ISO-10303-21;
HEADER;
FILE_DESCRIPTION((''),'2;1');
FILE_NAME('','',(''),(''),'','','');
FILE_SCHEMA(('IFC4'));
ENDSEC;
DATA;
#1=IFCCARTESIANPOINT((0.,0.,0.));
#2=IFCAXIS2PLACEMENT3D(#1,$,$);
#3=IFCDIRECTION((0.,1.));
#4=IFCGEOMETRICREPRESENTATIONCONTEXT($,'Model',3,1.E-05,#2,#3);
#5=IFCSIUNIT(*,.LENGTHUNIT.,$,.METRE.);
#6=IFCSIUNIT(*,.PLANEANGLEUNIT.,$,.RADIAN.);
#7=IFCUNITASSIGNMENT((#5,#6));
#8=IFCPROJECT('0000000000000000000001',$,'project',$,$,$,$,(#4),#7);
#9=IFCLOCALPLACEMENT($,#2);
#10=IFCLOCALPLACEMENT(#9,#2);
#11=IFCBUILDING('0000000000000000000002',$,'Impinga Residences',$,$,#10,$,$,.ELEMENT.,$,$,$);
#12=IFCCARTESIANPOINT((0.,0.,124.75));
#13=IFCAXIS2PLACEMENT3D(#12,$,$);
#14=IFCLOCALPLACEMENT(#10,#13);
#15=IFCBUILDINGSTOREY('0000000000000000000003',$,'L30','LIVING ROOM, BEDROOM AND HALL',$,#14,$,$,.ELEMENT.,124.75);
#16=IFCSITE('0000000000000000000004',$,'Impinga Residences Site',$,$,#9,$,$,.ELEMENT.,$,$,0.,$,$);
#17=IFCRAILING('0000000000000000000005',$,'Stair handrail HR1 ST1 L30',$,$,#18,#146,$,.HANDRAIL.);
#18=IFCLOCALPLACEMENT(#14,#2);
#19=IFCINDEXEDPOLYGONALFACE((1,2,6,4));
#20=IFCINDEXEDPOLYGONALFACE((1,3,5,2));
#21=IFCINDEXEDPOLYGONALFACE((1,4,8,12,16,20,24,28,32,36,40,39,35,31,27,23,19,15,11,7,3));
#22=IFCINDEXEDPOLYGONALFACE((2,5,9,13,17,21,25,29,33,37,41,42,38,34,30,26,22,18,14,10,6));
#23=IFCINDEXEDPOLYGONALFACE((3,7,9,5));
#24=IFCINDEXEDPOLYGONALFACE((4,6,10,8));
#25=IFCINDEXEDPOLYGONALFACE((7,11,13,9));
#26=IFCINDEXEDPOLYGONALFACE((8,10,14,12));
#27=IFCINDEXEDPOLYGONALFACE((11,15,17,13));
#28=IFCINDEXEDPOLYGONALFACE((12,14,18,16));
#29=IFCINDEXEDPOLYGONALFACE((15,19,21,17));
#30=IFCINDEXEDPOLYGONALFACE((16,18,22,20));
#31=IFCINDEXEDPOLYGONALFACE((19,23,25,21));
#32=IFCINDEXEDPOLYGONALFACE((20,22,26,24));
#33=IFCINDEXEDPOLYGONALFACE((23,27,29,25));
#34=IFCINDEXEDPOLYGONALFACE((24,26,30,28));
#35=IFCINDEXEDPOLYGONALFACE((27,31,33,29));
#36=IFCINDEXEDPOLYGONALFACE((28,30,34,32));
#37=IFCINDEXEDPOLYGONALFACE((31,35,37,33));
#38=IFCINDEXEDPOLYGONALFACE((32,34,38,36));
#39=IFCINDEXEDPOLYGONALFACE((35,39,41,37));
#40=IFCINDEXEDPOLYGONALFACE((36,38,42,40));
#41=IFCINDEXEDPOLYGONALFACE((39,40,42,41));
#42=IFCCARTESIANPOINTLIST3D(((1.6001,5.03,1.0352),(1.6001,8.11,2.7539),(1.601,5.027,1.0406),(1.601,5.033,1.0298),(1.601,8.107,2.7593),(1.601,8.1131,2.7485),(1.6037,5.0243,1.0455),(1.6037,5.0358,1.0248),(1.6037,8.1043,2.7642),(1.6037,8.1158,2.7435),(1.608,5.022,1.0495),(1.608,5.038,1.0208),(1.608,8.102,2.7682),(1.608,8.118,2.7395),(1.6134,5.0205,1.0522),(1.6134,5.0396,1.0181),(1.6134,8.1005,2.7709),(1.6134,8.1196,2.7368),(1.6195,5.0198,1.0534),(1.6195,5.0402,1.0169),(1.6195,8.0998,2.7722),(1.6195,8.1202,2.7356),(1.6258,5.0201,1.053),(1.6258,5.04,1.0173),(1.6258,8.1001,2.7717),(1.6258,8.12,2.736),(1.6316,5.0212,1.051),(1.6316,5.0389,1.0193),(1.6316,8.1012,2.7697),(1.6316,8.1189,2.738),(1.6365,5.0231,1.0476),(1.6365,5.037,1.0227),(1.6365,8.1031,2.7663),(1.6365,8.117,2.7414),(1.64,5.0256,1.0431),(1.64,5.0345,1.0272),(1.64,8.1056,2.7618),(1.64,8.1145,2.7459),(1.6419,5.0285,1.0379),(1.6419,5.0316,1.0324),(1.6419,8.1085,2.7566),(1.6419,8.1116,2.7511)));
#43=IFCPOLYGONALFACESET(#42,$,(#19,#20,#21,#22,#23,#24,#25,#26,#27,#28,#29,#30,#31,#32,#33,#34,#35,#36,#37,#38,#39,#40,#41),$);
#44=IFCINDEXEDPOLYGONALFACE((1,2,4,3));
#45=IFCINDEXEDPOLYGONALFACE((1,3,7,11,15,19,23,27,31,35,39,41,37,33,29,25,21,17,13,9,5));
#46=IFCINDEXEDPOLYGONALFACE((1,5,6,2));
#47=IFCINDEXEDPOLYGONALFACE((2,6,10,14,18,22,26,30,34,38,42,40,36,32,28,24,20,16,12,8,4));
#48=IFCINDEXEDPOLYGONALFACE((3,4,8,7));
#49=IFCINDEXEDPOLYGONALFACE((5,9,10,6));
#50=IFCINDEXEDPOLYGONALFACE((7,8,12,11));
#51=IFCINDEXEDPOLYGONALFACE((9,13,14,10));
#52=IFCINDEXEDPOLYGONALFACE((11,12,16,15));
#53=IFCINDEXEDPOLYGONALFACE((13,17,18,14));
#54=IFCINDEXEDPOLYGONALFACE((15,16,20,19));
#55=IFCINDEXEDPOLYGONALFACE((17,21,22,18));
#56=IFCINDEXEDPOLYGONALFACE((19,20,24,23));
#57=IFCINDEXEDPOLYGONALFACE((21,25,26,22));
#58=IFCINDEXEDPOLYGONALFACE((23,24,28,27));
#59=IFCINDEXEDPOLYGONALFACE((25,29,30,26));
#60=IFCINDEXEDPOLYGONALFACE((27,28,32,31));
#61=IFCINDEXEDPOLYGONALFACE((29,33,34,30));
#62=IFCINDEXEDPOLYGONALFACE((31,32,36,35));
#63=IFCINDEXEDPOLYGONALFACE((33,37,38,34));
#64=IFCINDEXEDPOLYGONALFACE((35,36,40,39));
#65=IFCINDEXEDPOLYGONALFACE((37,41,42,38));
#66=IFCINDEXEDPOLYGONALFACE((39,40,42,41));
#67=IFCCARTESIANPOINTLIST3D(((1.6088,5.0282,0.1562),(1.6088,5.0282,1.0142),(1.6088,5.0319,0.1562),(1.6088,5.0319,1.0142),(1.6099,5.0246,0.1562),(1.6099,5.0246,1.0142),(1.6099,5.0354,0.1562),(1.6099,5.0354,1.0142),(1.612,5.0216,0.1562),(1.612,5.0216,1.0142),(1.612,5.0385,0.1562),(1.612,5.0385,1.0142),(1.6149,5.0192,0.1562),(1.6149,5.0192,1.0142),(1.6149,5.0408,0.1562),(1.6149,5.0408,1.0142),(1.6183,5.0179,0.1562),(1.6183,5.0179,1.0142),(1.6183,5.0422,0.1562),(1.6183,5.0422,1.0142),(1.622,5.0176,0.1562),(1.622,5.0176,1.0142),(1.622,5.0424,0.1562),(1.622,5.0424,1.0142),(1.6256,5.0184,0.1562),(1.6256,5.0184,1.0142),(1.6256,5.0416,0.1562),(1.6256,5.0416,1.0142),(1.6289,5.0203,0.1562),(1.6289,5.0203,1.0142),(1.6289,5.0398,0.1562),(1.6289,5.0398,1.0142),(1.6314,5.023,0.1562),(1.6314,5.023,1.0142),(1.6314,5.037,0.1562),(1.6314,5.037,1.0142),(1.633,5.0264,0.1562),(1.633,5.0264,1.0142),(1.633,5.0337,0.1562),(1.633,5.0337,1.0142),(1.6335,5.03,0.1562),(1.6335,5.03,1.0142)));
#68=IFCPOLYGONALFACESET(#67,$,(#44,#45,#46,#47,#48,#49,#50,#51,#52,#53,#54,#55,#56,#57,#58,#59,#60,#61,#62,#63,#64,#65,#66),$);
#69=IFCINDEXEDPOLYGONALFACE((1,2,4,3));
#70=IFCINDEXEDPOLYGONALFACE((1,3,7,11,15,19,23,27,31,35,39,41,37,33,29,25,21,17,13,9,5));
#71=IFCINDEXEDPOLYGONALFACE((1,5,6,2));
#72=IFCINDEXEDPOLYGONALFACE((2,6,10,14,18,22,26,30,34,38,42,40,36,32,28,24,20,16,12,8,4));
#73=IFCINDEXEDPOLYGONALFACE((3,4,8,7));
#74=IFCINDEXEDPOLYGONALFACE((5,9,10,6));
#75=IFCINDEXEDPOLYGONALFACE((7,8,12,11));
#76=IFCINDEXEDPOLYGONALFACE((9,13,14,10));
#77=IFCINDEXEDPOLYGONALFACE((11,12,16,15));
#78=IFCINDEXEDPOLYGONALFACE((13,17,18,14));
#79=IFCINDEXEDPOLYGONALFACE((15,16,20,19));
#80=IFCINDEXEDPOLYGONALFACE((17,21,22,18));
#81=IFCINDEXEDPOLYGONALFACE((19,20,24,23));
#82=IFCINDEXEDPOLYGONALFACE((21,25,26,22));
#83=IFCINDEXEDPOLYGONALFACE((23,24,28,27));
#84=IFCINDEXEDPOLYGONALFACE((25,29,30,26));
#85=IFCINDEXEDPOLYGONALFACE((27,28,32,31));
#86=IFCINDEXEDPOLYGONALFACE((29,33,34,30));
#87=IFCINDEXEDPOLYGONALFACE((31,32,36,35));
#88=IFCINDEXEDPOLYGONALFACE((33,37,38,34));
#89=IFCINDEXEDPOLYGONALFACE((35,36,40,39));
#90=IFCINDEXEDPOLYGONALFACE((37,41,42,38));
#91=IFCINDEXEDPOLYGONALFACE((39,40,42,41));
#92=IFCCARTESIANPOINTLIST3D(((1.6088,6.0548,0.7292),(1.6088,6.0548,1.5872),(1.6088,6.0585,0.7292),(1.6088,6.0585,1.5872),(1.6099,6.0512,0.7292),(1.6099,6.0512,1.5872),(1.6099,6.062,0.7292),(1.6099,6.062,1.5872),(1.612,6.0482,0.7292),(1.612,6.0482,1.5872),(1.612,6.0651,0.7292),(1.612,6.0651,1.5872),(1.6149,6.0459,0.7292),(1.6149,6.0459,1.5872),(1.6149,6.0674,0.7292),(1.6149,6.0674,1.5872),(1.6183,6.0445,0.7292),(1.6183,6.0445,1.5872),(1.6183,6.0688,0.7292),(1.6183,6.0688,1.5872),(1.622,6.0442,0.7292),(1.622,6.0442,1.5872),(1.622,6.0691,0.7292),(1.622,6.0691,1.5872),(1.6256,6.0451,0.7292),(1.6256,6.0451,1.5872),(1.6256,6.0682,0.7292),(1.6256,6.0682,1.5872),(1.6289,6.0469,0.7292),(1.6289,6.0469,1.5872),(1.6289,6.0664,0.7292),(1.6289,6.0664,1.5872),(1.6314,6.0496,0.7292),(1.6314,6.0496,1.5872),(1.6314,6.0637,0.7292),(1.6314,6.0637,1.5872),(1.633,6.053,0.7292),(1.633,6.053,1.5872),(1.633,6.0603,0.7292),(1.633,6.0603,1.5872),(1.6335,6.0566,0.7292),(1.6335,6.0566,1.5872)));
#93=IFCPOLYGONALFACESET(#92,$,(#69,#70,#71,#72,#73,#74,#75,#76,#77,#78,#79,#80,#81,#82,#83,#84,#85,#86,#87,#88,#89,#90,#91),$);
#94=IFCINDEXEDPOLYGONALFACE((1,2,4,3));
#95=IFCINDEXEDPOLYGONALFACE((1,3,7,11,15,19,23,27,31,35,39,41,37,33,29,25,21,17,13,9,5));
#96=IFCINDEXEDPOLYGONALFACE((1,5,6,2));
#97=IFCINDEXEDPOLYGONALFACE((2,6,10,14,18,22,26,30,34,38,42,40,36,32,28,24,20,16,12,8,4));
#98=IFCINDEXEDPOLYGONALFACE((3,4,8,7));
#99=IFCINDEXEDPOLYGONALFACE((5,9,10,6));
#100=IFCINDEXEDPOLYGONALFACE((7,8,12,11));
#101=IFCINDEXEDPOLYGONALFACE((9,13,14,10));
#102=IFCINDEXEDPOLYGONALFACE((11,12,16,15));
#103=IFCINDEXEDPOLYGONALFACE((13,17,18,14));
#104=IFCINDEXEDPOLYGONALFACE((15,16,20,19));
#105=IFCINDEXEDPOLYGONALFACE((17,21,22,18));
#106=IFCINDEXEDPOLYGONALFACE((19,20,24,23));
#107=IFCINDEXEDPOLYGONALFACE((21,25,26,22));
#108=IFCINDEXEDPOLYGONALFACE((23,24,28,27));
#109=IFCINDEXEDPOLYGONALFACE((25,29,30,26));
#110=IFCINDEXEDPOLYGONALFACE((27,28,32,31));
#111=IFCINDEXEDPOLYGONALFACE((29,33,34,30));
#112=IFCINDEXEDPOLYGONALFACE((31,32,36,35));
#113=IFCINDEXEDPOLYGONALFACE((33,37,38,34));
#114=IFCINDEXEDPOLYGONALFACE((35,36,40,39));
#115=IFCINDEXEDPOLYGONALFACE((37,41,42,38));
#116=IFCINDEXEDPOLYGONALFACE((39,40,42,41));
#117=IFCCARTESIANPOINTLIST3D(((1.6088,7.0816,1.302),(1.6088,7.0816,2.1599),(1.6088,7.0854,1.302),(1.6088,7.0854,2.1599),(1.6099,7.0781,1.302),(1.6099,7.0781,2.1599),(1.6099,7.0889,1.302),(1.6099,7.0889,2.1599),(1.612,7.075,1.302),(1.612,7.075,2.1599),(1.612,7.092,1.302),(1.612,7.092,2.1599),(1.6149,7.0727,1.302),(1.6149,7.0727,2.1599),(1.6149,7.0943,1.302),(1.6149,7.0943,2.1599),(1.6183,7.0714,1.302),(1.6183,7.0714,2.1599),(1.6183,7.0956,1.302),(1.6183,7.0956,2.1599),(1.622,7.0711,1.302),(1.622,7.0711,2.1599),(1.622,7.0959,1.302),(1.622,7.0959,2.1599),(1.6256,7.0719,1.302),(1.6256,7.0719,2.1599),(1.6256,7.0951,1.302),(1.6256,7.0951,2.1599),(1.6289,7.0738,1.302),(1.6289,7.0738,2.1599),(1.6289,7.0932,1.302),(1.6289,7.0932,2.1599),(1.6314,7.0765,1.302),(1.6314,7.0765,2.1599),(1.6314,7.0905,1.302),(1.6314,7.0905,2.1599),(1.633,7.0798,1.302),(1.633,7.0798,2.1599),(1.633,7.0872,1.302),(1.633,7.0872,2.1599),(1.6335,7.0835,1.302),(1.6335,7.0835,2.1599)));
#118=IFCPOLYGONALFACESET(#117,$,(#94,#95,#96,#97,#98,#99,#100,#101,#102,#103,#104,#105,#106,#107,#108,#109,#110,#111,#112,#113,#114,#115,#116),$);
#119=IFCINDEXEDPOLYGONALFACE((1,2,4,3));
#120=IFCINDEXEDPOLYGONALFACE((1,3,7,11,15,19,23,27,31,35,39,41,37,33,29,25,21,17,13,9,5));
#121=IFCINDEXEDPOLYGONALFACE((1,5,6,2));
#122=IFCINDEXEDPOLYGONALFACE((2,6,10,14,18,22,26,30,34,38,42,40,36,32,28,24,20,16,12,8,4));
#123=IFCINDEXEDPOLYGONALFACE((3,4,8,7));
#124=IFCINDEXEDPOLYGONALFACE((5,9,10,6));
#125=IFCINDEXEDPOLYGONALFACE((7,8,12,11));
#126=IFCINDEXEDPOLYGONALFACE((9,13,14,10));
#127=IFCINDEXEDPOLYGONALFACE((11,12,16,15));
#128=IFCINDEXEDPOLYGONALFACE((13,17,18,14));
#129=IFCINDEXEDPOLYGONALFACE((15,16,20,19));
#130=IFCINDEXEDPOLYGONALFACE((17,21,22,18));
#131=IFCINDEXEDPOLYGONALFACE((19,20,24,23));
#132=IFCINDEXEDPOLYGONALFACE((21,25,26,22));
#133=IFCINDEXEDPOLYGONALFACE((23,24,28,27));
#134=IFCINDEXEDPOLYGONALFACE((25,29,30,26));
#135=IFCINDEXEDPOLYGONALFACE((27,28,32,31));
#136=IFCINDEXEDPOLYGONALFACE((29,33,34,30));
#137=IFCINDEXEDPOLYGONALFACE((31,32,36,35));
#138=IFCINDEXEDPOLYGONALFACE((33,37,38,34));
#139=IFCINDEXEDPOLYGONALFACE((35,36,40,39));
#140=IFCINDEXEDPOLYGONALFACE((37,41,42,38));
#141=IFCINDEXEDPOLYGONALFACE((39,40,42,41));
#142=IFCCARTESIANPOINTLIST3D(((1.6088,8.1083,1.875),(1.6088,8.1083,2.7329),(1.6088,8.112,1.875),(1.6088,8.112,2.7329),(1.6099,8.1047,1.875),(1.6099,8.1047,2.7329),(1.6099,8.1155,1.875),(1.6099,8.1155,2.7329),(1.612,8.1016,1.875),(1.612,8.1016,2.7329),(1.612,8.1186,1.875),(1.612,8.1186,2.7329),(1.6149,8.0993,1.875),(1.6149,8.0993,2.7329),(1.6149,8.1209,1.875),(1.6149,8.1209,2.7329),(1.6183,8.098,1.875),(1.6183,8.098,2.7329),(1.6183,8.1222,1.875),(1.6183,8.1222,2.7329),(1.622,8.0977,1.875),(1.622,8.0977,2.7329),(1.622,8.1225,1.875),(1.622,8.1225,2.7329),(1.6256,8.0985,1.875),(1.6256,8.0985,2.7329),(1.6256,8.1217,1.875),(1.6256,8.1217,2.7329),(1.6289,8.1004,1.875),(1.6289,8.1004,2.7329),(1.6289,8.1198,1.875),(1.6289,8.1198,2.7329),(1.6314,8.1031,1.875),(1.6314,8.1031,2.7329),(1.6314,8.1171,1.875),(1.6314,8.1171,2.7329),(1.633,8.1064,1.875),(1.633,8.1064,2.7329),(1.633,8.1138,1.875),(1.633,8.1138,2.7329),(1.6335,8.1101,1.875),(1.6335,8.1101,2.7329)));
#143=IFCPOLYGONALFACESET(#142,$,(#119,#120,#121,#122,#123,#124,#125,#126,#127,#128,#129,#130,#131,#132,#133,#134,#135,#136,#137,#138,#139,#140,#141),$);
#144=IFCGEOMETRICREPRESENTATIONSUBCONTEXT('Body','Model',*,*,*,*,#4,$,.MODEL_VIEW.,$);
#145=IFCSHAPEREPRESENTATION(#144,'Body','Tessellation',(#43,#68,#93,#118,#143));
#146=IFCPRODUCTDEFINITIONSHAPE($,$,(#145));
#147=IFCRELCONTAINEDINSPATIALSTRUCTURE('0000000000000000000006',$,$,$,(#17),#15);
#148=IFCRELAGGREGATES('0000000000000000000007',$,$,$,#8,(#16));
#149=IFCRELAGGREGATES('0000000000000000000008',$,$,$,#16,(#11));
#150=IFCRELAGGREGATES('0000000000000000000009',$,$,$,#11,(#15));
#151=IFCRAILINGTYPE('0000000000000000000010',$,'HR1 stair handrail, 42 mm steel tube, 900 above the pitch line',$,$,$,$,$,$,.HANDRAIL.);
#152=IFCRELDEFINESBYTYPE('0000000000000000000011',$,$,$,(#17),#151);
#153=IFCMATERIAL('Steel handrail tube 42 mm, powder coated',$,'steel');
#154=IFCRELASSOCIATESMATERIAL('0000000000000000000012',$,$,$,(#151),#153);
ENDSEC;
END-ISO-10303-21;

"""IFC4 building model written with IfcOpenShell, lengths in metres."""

from ifc_helpers import new_model, si_unit, direction, frame, origin, origin_2d, place, context, subcontext, project, spatial, circle, extrude, material, type_object, element, save


model = new_model("IFC4")

# Units and contexts
model_context = context("Model", 3, precision=1e-05, world=origin(), true_north=direction((0.0, 1.0)))
body_context = subcontext(model_context, "Body", "Model", "MODEL_VIEW")
ifc_project = project(units=[si_unit("LENGTHUNIT", "METRE"), si_unit("PLANEANGLEUNIT", "RADIAN")], contexts=[model_context])

# Site, building, storey
site_placement = place(None, origin())
site = spatial("IfcSite", under=ifc_project, at=site_placement, Name="Impinga Residences Site", CompositionType="ELEMENT", RefElevation=0.0)
building_placement = place(site_placement, origin())
building = spatial("IfcBuilding", under=site, at=building_placement, Name="Impinga Residences", CompositionType="ELEMENT")
storey_placement = place(building_placement, frame((0.0, 0.0, 124.75)))
storey = spatial("IfcBuildingStorey", under=building, at=storey_placement, Name="L30", Description="LIVING ROOM, BEDROOM AND HALL", CompositionType="ELEMENT", Elevation=124.75)

# Railing
ifc_material_1 = material(Name="Steel handrail tube 42 mm, powder coated", Category="steel")
railing_type_1 = type_object("IfcRailingType", Name="HR1 stair handrail, 42 mm steel tube, 900 above the pitch line", PredefinedType="HANDRAIL", material=ifc_material_1)
railing_1_placement = place(storey_placement, frame((1.6211, 5.03, 0.1562)))
element("IfcRailing", 1, at=railing_1_placement, inside=storey, type_object=railing_type_1, Name="Stair handrail HR1 ST1 L30", PredefinedType="HANDRAIL", context=body_context, shape_type="SweptSolid", body=[
    extrude(circle(Radius=0.021, at=origin_2d()), frame((0.0, 0.0, 0.8789), z_axis=(0.0, 0.873242, 0.487288), x_axis=(-1.0, 0.0, 0.0)), (0.0, 0.0, 1.0), 3.5271),
    extrude(circle(Radius=0.0125, at=origin_2d()), origin(), (0.0, 0.0, 1.0), 0.8579),
    extrude(circle(Radius=0.0125, at=origin_2d()), frame((0.0, 1.0266, 0.573)), (0.0, 0.0, 1.0), 0.8579),
    extrude(circle(Radius=0.0125, at=origin_2d()), frame((0.0, 2.0535, 1.1458)), (0.0, 0.0, 1.0), 0.8579),
    extrude(circle(Radius=0.0125, at=origin_2d()), frame((0.0, 3.0801, 1.7188)), (0.0, 0.0, 1.0), 0.8579),
])

save(model, "model.ifc")
